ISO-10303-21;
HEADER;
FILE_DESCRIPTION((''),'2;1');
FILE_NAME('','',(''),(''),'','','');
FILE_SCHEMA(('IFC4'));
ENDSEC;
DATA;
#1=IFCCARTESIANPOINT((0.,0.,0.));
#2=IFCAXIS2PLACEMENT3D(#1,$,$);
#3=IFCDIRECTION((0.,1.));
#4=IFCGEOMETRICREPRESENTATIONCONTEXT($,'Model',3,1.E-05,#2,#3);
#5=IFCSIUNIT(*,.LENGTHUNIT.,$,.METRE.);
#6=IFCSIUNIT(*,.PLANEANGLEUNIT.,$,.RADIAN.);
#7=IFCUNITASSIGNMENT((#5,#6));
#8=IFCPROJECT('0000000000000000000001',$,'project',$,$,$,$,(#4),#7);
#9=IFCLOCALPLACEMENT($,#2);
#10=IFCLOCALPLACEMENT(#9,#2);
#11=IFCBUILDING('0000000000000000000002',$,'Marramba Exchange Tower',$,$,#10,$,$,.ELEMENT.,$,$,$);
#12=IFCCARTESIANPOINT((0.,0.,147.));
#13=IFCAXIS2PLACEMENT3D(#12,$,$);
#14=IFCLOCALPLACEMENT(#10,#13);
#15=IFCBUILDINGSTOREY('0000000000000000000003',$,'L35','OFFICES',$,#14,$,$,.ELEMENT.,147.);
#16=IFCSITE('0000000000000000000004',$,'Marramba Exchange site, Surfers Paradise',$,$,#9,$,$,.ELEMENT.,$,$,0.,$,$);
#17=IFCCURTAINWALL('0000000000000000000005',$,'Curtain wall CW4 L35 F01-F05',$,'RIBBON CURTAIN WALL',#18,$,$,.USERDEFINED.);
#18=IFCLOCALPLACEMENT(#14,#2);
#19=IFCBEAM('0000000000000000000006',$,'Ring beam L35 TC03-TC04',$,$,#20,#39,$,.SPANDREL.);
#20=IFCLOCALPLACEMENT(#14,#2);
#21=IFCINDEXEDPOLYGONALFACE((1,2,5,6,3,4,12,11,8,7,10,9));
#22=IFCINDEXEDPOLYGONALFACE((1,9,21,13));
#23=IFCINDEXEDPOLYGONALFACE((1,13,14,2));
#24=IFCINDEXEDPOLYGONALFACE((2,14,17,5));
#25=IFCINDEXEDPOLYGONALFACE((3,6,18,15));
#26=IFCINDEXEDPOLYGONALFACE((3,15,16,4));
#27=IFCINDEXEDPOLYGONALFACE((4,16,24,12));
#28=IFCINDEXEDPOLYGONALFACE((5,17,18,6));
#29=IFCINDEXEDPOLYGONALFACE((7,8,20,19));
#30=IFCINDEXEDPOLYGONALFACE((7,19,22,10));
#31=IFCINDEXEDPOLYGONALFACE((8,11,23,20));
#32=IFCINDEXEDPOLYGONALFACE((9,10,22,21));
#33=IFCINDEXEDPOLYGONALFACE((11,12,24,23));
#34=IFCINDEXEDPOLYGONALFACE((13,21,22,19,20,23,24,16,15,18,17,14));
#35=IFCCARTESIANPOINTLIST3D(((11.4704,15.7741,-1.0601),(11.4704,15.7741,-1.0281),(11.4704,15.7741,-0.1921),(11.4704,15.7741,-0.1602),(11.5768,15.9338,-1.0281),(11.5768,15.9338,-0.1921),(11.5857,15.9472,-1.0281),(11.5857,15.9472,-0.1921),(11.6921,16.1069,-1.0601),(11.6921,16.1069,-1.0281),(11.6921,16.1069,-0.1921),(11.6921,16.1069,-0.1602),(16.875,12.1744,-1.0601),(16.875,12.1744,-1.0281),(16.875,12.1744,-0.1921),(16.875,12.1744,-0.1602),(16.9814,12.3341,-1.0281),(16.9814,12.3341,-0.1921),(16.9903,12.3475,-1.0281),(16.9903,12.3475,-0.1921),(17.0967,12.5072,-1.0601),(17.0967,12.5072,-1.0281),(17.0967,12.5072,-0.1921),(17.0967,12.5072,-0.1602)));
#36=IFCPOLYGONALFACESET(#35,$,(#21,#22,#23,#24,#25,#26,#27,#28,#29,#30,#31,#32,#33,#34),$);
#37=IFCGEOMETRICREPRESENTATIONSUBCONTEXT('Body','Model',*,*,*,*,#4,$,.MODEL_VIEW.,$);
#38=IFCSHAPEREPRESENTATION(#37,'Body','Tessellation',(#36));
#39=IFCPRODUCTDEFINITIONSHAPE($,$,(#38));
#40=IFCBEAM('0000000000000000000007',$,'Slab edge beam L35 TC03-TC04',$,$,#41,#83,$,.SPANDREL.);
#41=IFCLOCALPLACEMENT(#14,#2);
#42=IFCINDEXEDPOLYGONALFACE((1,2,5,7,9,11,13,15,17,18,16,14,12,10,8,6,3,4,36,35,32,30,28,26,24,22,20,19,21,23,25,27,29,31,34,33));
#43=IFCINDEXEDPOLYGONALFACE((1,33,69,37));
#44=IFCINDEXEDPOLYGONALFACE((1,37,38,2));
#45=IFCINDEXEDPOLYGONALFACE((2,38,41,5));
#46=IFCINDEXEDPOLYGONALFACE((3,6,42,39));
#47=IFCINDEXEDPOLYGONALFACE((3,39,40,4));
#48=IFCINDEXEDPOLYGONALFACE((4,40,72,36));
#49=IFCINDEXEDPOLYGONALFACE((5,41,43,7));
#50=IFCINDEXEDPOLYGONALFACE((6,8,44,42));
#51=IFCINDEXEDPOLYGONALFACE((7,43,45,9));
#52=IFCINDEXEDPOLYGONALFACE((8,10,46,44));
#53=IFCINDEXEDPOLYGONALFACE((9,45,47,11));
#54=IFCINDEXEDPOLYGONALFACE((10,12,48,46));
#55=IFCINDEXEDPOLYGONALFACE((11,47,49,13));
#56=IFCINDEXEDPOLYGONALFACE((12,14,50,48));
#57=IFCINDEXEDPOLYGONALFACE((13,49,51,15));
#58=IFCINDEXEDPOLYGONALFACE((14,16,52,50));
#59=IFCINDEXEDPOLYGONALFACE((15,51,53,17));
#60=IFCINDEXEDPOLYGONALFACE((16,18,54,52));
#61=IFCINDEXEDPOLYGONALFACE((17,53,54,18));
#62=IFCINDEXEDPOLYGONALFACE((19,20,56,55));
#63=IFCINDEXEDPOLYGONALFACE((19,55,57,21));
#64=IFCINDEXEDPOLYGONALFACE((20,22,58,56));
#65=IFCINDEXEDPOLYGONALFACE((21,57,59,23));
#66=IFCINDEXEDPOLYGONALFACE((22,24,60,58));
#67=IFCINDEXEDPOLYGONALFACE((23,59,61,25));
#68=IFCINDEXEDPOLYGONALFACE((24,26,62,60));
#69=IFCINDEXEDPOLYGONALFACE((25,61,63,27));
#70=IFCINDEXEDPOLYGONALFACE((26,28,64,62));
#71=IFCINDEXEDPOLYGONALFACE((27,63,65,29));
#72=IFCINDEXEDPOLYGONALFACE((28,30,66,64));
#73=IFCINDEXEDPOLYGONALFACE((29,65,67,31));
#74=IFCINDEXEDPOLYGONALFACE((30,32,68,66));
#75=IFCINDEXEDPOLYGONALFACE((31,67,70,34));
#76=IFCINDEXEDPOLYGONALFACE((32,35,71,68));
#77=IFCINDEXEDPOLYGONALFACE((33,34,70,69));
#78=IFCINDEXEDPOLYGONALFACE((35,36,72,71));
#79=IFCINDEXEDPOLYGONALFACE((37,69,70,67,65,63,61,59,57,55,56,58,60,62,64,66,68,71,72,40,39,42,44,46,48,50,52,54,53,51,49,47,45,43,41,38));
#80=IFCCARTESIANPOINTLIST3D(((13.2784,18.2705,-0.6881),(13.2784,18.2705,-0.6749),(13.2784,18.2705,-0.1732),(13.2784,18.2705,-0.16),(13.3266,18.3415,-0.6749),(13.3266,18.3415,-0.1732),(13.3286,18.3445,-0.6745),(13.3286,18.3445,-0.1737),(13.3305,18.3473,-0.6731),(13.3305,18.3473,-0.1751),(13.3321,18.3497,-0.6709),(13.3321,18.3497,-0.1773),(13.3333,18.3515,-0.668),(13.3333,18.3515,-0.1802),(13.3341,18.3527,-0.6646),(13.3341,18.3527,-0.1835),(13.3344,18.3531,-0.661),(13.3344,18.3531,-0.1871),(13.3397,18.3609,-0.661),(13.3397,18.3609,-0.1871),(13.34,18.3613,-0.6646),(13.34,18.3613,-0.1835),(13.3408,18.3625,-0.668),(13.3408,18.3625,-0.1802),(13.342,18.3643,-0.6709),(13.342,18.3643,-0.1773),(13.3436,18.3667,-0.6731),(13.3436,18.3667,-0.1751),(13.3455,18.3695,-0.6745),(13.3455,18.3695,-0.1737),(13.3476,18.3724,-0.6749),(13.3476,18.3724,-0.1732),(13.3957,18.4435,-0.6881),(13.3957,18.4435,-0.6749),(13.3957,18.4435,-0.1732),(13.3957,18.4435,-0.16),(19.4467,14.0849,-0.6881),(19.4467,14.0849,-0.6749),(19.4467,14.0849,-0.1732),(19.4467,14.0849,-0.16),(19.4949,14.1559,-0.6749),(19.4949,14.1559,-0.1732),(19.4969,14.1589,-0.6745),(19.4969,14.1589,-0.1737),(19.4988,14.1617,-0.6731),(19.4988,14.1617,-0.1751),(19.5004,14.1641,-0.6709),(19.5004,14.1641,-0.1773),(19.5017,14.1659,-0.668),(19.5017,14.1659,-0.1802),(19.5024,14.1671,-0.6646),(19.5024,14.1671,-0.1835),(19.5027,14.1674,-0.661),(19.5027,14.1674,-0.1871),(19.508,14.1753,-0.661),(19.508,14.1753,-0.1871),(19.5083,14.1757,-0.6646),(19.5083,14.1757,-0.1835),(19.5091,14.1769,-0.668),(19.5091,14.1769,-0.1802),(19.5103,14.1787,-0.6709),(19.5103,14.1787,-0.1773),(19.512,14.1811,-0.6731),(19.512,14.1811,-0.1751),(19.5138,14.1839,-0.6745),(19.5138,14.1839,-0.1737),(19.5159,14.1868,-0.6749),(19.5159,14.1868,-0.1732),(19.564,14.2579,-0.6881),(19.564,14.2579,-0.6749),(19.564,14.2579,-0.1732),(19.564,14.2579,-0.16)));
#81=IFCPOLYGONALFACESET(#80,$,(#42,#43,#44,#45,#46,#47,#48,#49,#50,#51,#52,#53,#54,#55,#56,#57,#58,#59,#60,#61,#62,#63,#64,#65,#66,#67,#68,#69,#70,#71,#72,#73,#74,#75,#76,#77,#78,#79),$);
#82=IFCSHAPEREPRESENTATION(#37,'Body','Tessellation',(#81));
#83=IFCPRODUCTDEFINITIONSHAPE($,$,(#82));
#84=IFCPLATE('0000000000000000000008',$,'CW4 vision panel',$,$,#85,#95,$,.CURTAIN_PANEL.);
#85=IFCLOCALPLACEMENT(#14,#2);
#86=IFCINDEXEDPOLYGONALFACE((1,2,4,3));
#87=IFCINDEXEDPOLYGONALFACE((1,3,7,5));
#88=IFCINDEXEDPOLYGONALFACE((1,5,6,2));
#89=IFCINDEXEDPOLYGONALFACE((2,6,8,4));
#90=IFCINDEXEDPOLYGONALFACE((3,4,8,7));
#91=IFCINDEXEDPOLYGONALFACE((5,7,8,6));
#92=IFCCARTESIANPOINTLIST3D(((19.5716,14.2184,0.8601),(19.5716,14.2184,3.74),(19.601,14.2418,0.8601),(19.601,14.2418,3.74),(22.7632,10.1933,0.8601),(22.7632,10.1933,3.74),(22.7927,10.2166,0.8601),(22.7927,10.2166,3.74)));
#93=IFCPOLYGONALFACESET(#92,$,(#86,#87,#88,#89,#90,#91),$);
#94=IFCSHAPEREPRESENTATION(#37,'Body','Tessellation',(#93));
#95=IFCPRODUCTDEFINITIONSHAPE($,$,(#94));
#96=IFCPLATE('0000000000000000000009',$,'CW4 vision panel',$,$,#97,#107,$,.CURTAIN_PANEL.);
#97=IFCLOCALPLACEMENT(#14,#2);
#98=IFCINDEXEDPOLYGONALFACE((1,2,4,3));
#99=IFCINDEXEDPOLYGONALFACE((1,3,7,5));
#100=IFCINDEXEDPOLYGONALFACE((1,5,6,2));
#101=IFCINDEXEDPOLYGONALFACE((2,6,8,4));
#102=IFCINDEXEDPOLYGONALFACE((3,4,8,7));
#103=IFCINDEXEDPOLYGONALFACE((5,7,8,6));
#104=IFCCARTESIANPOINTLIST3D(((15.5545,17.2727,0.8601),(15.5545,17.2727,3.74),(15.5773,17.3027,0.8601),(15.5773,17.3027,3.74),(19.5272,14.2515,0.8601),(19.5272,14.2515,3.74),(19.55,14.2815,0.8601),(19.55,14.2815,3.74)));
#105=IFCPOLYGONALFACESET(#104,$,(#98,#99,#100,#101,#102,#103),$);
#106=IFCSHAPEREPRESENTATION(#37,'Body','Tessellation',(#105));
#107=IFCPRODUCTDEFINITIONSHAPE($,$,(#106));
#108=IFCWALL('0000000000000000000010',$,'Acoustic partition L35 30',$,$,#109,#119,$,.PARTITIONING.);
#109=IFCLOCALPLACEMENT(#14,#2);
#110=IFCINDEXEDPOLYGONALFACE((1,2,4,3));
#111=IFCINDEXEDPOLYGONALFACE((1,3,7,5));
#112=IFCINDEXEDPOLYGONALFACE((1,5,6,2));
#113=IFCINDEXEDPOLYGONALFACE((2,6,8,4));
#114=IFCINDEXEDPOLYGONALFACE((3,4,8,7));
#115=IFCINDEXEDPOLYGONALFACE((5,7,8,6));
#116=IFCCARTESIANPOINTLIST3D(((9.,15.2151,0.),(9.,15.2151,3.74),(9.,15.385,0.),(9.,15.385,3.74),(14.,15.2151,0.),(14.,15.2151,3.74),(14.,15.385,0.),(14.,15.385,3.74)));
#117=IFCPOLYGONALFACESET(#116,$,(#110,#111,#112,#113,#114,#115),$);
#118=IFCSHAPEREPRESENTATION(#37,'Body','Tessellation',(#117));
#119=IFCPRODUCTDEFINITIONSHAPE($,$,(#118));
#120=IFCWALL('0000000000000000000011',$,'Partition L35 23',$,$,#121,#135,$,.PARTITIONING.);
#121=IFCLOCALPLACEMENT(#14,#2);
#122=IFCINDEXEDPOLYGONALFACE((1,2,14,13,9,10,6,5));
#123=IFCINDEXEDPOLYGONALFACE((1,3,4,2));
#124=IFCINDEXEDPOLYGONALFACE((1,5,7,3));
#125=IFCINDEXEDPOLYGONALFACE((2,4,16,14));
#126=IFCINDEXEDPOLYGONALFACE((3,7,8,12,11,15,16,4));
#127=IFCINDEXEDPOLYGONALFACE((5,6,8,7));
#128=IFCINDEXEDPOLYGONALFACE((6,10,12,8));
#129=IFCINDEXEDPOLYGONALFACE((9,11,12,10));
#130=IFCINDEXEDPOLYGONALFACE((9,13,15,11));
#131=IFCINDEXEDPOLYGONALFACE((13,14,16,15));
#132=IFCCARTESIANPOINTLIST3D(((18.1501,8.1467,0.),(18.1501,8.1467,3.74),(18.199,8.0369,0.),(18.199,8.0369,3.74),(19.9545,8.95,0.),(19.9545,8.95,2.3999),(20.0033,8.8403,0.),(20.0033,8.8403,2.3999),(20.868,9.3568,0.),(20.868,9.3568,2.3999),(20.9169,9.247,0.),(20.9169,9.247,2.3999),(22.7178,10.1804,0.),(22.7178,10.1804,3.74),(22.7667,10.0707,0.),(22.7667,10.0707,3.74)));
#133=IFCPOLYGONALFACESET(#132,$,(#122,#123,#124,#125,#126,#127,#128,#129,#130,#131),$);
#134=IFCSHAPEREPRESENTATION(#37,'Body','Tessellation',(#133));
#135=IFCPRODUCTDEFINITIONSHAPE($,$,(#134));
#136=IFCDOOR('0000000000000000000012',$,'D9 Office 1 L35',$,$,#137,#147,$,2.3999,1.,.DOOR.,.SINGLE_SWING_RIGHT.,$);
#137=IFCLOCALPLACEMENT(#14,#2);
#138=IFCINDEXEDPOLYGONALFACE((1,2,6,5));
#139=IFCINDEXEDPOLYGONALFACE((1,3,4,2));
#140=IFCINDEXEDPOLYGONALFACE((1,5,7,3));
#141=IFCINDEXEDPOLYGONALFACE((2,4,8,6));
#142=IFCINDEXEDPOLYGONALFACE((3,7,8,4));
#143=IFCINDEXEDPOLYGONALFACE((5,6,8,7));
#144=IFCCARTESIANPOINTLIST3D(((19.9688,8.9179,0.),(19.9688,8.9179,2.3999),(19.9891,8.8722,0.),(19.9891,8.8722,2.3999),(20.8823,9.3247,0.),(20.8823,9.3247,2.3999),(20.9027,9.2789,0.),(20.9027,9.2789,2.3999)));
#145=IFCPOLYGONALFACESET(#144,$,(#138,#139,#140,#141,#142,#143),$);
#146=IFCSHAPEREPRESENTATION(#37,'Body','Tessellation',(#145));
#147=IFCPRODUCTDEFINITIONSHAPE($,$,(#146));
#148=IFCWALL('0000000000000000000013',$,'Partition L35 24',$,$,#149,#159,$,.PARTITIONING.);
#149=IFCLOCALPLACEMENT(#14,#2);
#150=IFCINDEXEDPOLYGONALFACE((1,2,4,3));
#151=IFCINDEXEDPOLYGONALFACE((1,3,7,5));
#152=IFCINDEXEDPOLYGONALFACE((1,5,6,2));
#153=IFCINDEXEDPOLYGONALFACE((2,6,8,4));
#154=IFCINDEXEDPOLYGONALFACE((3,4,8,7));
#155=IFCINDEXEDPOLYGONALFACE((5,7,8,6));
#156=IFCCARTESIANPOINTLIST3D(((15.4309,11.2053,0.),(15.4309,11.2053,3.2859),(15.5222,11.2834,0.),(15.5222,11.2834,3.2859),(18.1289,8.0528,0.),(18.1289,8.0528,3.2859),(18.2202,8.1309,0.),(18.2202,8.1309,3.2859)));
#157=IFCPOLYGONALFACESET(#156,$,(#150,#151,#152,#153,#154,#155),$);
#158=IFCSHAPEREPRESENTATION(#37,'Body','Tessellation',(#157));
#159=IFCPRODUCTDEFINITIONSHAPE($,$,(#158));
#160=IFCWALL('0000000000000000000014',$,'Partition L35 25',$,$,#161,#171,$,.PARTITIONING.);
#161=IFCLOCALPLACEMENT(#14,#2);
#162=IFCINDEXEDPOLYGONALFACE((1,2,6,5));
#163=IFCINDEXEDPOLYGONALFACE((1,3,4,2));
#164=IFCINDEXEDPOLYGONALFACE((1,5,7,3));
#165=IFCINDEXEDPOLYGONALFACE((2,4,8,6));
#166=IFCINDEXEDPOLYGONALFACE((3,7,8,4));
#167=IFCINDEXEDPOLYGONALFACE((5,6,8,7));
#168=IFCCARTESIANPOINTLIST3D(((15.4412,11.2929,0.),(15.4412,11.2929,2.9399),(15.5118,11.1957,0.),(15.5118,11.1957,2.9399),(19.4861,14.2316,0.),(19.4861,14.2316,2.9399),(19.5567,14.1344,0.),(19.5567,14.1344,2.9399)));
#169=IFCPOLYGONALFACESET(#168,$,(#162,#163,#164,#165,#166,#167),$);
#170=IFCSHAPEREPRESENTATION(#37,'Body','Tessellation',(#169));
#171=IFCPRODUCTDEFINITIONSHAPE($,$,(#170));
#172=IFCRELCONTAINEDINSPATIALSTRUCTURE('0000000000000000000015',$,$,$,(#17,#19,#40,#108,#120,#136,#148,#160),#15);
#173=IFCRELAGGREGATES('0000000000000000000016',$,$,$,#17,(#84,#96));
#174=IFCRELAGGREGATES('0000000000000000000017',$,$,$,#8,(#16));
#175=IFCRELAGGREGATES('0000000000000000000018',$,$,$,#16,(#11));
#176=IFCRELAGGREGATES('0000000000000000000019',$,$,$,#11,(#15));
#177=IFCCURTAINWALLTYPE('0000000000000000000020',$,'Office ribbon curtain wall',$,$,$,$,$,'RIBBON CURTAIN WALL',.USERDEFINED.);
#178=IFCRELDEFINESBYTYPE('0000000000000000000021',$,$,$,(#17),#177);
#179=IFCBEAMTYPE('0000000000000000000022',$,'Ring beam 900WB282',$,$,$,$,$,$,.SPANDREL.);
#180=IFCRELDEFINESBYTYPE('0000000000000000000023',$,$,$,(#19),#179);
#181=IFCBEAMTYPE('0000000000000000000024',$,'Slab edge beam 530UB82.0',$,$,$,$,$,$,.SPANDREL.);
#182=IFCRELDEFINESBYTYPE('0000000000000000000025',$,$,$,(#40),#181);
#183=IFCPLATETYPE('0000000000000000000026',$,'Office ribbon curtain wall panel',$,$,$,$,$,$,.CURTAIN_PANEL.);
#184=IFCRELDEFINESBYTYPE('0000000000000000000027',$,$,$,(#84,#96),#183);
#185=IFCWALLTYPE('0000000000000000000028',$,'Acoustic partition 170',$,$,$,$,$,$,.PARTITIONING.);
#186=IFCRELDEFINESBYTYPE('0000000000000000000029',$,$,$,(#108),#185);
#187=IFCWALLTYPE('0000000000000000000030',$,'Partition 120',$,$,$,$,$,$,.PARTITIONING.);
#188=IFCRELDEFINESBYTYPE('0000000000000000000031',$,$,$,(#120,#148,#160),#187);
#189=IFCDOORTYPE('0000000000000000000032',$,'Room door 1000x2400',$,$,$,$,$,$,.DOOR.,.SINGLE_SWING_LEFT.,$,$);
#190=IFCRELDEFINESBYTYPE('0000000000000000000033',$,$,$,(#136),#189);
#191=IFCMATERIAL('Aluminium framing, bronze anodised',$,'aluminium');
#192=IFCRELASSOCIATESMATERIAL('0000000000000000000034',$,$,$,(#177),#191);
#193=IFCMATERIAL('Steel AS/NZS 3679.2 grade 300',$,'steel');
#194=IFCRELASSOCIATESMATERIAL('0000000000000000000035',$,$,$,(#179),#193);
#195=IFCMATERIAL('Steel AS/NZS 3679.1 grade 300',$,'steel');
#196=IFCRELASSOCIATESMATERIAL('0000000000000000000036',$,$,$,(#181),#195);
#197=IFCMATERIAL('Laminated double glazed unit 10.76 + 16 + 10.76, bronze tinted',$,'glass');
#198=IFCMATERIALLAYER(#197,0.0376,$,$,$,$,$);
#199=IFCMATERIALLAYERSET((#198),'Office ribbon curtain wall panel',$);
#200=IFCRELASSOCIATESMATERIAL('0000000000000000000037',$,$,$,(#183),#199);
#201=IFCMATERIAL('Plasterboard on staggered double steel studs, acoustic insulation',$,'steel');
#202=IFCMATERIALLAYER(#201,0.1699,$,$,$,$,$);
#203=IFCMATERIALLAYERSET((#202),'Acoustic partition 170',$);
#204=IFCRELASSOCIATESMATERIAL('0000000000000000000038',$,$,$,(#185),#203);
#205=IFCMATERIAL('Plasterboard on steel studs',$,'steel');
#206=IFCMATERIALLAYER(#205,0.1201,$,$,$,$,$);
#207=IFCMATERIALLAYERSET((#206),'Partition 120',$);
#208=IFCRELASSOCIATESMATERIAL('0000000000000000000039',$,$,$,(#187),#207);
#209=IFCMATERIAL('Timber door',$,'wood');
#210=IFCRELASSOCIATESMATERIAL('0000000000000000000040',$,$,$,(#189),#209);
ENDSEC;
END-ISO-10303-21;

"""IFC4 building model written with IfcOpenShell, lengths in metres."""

from ifc_helpers import new_model, si_unit, direction, frame, frame_2d, origin, origin_2d, place, context, subcontext, project, spatial, rectangle, i_section, extrude, material, layer, layer_set, material_profile, profile_set, type_object, element, fill, aggregate, save


model = new_model("IFC4")

# Units and contexts
model_context = context("Model", 3, precision=1e-05, world=origin(), true_north=direction((0.0, 1.0)))
body_context = subcontext(model_context, "Body", "Model", "MODEL_VIEW")
ifc_project = project(units=[si_unit("LENGTHUNIT", "METRE"), si_unit("PLANEANGLEUNIT", "RADIAN")], contexts=[model_context])

# Site, building, storey
site_placement = place(None, origin())
site = spatial("IfcSite", under=ifc_project, at=site_placement, Name="Marramba Exchange site, Surfers Paradise", CompositionType="ELEMENT", RefElevation=0.0)
building_placement = place(site_placement, origin())
building = spatial("IfcBuilding", under=site, at=building_placement, Name="Marramba Exchange Tower", CompositionType="ELEMENT")
storey_placement = place(building_placement, frame((0.0, 0.0, 147.0)))
storey = spatial("IfcBuildingStorey", under=building, at=storey_placement, Name="L35", Description="OFFICES", CompositionType="ELEMENT", Elevation=147.0)

# Shared definitions
ifc_material_1 = material(Name="Steel AS/NZS 3679.2 grade 300", Category="steel")
ifc_material_2 = material(Name="Steel AS/NZS 3679.1 grade 300", Category="steel")

# Curtain wall
ifc_material_3 = material(Name="Aluminium framing, bronze anodised", Category="aluminium")
curtain_wall_type = type_object("IfcCurtainWallType", Name="Office ribbon curtain wall", ElementType="RIBBON CURTAIN WALL", PredefinedType="USERDEFINED", material=ifc_material_3)
curtain_wall_placement = place(storey_placement, origin())
curtain_wall = element("IfcCurtainWall", 1, at=curtain_wall_placement, inside=storey, type_object=curtain_wall_type, Name="Curtain wall CW4 L35 F01-F05", ObjectType="RIBBON CURTAIN WALL", PredefinedType="USERDEFINED")

# Beams
ifc_material_profile_1 = material_profile(ifc_material_1, i_section(OverallWidth=0.3999, OverallDepth=0.8999, WebThickness=0.0161, FlangeThickness=0.032, at=origin_2d()), Name="900WB282")
ifc_profile_set_1 = profile_set([ifc_material_profile_1], Name="Steel AS/NZS 3679.2 grade 300")
beam_type_1 = type_object("IfcBeamType", Name="Ring beam 900WB282", PredefinedType="SPANDREL", material=ifc_profile_set_1)
beam_1_placement = place(storey_placement, frame((16.9858, 12.3408, -0.6101), z_axis=(-0.832293, 0.554336, 0.0), x_axis=(-0.554336, -0.832293, 0.0)))
element("IfcBeam", 2, at=beam_1_placement, inside=storey, type_object=beam_type_1, Name="Ring beam L35 TC03-TC04", PredefinedType="SPANDREL", context=body_context, shape_type="SweptSolid", body=[
    extrude(i_section(OverallWidth=0.3999, OverallDepth=0.8999, WebThickness=0.0161, FlangeThickness=0.032, at=origin_2d()), origin(), (0.0, 0.0, 1.0), 6.4937),
])
ifc_material_profile_2 = material_profile(ifc_material_2, i_section(OverallWidth=0.209, OverallDepth=0.5281, WebThickness=0.0095, FlangeThickness=0.0132, FilletRadius=0.0139, at=origin_2d()), Name="530UB82.0")
ifc_profile_set_2 = profile_set([ifc_material_profile_2], Name="Steel AS/NZS 3679.1 grade 300")
beam_type_2 = type_object("IfcBeamType", Name="Slab edge beam 530UB82.0", PredefinedType="SPANDREL", material=ifc_profile_set_2)
beam_2_placement = place(storey_placement, frame((19.5054, 14.1714, -0.4241), z_axis=(-0.827477, 0.561499, 0.0), x_axis=(-0.561499, -0.827477, 0.0)))
element("IfcBeam", 3, at=beam_2_placement, inside=storey, type_object=beam_type_2, Name="Slab edge beam L35 TC03-TC04", PredefinedType="SPANDREL", context=body_context, shape_type="SweptSolid", body=[
    extrude(i_section(OverallWidth=0.209, OverallDepth=0.5281, WebThickness=0.0095, FlangeThickness=0.0132, FilletRadius=0.0139, at=origin_2d()), origin(), (0.0, 0.0, 1.0), 7.4543),
])

# Plates
ifc_material_4 = material(Name="Laminated double glazed unit 10.76 + 16 + 10.76, bronze tinted", Category="glass")
ifc_layer_1 = layer(ifc_material_4, 0.0376)
ifc_layer_set_1 = layer_set([ifc_layer_1], Name="Office ribbon curtain wall panel")
plate_type = type_object("IfcPlateType", Name="Office ribbon curtain wall panel", PredefinedType="CURTAIN_PANEL", material=ifc_layer_set_1)
plate_1_placement = place(storey_placement, frame((21.1821, 12.2175, 0.8601), z_axis=(0.0, 0.0, 1.0), x_axis=(-0.621312, 0.783563, 0.0)))
plate_1 = element("IfcPlate", 4, at=plate_1_placement, type_object=plate_type, Name="CW4 vision panel", PredefinedType="CURTAIN_PANEL", context=body_context, shape_type="SweptSolid", body=[
    extrude(rectangle(XDim=5.137, YDim=0.0376, at=origin_2d()), origin(), (0.0, 0.0, 1.0), 2.8799),
])
plate_2_placement = place(storey_placement, frame((17.5522, 15.7771, 0.8601), z_axis=(0.0, 0.0, 1.0), x_axis=(-0.795972, 0.605334, 0.0)))
plate_2 = element("IfcPlate", 5, at=plate_2_placement, type_object=plate_type, Name="CW4 vision panel", PredefinedType="CURTAIN_PANEL", context=body_context, shape_type="SweptSolid", body=[
    extrude(rectangle(XDim=4.991, YDim=0.0376, at=origin_2d()), origin(), (0.0, 0.0, 1.0), 2.8799),
])
aggregate(curtain_wall, [plate_1, plate_2])

# Shared definitions
ifc_material_5 = material(Name="Plasterboard on staggered double steel studs, acoustic insulation", Category="steel")
ifc_layer_2 = layer(ifc_material_5, 0.1699)
ifc_layer_set_2 = layer_set([ifc_layer_2], Name="Acoustic partition 170")
wall_type_1 = type_object("IfcWallType", Name="Acoustic partition 170", PredefinedType="PARTITIONING", material=ifc_layer_set_2)
ifc_material_6 = material(Name="Timber door", Category="wood")

# Wall
wall_1_placement = place(storey_placement, frame((14.0, 15.3, 0.0), z_axis=(0.0, 0.0, 1.0), x_axis=(-1.0, 0.0, 0.0)))
element("IfcWall", 6, at=wall_1_placement, inside=storey, type_object=wall_type_1, Name="Acoustic partition L35 30", PredefinedType="PARTITIONING", context=body_context, shape_type="SweptSolid", body=[
    extrude(rectangle(XDim=5.0, YDim=0.1699, at=frame_2d((2.5, 0.0))), origin(), (0.0, 0.0, 1.0), 3.74),
])

# Wall, opening, door
ifc_material_7 = material(Name="Plasterboard on steel studs", Category="steel")
ifc_layer_3 = layer(ifc_material_7, 0.1201)
ifc_layer_set_3 = layer_set([ifc_layer_3], Name="Partition 120")
wall_type_2 = type_object("IfcWallType", Name="Partition 120", PredefinedType="PARTITIONING", material=ifc_layer_set_3)
wall_2_placement = place(storey_placement, frame((18.1746, 8.0918, 0.0), z_axis=(0.0, 0.0, 1.0), x_axis=(0.913542, 0.406745, 0.0)))
wall_2 = element("IfcWall", 7, at=wall_2_placement, inside=storey, type_object=wall_type_2, Name="Partition L35 23", PredefinedType="PARTITIONING", context=body_context, shape_type="SweptSolid", body=[
    extrude(rectangle(XDim=5.0, YDim=0.1201, at=frame_2d((2.5, 0.0))), origin(), (0.0, 0.0, 1.0), 3.74),
])
opening_1_placement = place(wall_2_placement, frame((1.9751, 0.0, 0.0)))
opening_1 = element("IfcOpeningElement", 8, at=opening_1_placement, cuts=wall_2, PredefinedType="OPENING", context=body_context, shape_type="SweptSolid", body=[
    extrude(rectangle(XDim=1.0, YDim=2.3999, at=frame_2d((0.5, 1.2))), frame((0.0, 0.0701, 0.0), z_axis=(0.0, -1.0, 0.0), x_axis=(1.0, 0.0, 0.0)), (0.0, 0.0, 1.0), 0.1401),
])
door_type_1 = type_object("IfcDoorType", Name="Room door 1000x2400", OperationType="SINGLE_SWING_LEFT", PredefinedType="DOOR", material=ifc_material_6)
door_1_placement = place(opening_1_placement, origin())
door_1 = element("IfcDoor", 9, at=door_1_placement, inside=storey, type_object=door_type_1, Name="D9 Office 1 L35", OperationType="SINGLE_SWING_RIGHT", OverallHeight=2.3999, OverallWidth=1.0, PredefinedType="DOOR", context=body_context, shape_type="SweptSolid", body=[
    extrude(rectangle(XDim=1.0, YDim=2.3999, at=frame_2d((0.5, 1.2))), frame((0.0, 0.0249, 0.0), z_axis=(0.0, -1.0, 0.0), x_axis=(1.0, 0.0, 0.0)), (0.0, 0.0, 1.0), 0.05),
])
fill(opening_1, door_1)

# Walls
wall_3_placement = place(storey_placement, frame((15.4766, 11.2444, 0.0), z_axis=(0.0, 0.0, 1.0), x_axis=(0.650205, -0.759759, 0.0)))
element("IfcWall", 10, at=wall_3_placement, inside=storey, type_object=wall_type_2, Name="Partition L35 24", PredefinedType="PARTITIONING", context=body_context, shape_type="SweptSolid", body=[
    extrude(rectangle(XDim=4.1494, YDim=0.1201, at=frame_2d((2.0747, 0.0))), origin(), (0.0, 0.0, 1.0), 3.2859),
])
wall_4_placement = place(storey_placement, frame((19.5215, 14.1831, 0.0), z_axis=(0.0, 0.0, 1.0), x_axis=(-0.809025, -0.587774, 0.0)))
element("IfcWall", 11, at=wall_4_placement, inside=storey, type_object=wall_type_2, Name="Partition L35 25", PredefinedType="PARTITIONING", context=body_context, shape_type="SweptSolid", body=[
    extrude(rectangle(XDim=4.9998, YDim=0.1201, at=frame_2d((2.5, 0.0))), origin(), (0.0, 0.0, 1.0), 2.9399),
])

save(model, "model.ifc")
